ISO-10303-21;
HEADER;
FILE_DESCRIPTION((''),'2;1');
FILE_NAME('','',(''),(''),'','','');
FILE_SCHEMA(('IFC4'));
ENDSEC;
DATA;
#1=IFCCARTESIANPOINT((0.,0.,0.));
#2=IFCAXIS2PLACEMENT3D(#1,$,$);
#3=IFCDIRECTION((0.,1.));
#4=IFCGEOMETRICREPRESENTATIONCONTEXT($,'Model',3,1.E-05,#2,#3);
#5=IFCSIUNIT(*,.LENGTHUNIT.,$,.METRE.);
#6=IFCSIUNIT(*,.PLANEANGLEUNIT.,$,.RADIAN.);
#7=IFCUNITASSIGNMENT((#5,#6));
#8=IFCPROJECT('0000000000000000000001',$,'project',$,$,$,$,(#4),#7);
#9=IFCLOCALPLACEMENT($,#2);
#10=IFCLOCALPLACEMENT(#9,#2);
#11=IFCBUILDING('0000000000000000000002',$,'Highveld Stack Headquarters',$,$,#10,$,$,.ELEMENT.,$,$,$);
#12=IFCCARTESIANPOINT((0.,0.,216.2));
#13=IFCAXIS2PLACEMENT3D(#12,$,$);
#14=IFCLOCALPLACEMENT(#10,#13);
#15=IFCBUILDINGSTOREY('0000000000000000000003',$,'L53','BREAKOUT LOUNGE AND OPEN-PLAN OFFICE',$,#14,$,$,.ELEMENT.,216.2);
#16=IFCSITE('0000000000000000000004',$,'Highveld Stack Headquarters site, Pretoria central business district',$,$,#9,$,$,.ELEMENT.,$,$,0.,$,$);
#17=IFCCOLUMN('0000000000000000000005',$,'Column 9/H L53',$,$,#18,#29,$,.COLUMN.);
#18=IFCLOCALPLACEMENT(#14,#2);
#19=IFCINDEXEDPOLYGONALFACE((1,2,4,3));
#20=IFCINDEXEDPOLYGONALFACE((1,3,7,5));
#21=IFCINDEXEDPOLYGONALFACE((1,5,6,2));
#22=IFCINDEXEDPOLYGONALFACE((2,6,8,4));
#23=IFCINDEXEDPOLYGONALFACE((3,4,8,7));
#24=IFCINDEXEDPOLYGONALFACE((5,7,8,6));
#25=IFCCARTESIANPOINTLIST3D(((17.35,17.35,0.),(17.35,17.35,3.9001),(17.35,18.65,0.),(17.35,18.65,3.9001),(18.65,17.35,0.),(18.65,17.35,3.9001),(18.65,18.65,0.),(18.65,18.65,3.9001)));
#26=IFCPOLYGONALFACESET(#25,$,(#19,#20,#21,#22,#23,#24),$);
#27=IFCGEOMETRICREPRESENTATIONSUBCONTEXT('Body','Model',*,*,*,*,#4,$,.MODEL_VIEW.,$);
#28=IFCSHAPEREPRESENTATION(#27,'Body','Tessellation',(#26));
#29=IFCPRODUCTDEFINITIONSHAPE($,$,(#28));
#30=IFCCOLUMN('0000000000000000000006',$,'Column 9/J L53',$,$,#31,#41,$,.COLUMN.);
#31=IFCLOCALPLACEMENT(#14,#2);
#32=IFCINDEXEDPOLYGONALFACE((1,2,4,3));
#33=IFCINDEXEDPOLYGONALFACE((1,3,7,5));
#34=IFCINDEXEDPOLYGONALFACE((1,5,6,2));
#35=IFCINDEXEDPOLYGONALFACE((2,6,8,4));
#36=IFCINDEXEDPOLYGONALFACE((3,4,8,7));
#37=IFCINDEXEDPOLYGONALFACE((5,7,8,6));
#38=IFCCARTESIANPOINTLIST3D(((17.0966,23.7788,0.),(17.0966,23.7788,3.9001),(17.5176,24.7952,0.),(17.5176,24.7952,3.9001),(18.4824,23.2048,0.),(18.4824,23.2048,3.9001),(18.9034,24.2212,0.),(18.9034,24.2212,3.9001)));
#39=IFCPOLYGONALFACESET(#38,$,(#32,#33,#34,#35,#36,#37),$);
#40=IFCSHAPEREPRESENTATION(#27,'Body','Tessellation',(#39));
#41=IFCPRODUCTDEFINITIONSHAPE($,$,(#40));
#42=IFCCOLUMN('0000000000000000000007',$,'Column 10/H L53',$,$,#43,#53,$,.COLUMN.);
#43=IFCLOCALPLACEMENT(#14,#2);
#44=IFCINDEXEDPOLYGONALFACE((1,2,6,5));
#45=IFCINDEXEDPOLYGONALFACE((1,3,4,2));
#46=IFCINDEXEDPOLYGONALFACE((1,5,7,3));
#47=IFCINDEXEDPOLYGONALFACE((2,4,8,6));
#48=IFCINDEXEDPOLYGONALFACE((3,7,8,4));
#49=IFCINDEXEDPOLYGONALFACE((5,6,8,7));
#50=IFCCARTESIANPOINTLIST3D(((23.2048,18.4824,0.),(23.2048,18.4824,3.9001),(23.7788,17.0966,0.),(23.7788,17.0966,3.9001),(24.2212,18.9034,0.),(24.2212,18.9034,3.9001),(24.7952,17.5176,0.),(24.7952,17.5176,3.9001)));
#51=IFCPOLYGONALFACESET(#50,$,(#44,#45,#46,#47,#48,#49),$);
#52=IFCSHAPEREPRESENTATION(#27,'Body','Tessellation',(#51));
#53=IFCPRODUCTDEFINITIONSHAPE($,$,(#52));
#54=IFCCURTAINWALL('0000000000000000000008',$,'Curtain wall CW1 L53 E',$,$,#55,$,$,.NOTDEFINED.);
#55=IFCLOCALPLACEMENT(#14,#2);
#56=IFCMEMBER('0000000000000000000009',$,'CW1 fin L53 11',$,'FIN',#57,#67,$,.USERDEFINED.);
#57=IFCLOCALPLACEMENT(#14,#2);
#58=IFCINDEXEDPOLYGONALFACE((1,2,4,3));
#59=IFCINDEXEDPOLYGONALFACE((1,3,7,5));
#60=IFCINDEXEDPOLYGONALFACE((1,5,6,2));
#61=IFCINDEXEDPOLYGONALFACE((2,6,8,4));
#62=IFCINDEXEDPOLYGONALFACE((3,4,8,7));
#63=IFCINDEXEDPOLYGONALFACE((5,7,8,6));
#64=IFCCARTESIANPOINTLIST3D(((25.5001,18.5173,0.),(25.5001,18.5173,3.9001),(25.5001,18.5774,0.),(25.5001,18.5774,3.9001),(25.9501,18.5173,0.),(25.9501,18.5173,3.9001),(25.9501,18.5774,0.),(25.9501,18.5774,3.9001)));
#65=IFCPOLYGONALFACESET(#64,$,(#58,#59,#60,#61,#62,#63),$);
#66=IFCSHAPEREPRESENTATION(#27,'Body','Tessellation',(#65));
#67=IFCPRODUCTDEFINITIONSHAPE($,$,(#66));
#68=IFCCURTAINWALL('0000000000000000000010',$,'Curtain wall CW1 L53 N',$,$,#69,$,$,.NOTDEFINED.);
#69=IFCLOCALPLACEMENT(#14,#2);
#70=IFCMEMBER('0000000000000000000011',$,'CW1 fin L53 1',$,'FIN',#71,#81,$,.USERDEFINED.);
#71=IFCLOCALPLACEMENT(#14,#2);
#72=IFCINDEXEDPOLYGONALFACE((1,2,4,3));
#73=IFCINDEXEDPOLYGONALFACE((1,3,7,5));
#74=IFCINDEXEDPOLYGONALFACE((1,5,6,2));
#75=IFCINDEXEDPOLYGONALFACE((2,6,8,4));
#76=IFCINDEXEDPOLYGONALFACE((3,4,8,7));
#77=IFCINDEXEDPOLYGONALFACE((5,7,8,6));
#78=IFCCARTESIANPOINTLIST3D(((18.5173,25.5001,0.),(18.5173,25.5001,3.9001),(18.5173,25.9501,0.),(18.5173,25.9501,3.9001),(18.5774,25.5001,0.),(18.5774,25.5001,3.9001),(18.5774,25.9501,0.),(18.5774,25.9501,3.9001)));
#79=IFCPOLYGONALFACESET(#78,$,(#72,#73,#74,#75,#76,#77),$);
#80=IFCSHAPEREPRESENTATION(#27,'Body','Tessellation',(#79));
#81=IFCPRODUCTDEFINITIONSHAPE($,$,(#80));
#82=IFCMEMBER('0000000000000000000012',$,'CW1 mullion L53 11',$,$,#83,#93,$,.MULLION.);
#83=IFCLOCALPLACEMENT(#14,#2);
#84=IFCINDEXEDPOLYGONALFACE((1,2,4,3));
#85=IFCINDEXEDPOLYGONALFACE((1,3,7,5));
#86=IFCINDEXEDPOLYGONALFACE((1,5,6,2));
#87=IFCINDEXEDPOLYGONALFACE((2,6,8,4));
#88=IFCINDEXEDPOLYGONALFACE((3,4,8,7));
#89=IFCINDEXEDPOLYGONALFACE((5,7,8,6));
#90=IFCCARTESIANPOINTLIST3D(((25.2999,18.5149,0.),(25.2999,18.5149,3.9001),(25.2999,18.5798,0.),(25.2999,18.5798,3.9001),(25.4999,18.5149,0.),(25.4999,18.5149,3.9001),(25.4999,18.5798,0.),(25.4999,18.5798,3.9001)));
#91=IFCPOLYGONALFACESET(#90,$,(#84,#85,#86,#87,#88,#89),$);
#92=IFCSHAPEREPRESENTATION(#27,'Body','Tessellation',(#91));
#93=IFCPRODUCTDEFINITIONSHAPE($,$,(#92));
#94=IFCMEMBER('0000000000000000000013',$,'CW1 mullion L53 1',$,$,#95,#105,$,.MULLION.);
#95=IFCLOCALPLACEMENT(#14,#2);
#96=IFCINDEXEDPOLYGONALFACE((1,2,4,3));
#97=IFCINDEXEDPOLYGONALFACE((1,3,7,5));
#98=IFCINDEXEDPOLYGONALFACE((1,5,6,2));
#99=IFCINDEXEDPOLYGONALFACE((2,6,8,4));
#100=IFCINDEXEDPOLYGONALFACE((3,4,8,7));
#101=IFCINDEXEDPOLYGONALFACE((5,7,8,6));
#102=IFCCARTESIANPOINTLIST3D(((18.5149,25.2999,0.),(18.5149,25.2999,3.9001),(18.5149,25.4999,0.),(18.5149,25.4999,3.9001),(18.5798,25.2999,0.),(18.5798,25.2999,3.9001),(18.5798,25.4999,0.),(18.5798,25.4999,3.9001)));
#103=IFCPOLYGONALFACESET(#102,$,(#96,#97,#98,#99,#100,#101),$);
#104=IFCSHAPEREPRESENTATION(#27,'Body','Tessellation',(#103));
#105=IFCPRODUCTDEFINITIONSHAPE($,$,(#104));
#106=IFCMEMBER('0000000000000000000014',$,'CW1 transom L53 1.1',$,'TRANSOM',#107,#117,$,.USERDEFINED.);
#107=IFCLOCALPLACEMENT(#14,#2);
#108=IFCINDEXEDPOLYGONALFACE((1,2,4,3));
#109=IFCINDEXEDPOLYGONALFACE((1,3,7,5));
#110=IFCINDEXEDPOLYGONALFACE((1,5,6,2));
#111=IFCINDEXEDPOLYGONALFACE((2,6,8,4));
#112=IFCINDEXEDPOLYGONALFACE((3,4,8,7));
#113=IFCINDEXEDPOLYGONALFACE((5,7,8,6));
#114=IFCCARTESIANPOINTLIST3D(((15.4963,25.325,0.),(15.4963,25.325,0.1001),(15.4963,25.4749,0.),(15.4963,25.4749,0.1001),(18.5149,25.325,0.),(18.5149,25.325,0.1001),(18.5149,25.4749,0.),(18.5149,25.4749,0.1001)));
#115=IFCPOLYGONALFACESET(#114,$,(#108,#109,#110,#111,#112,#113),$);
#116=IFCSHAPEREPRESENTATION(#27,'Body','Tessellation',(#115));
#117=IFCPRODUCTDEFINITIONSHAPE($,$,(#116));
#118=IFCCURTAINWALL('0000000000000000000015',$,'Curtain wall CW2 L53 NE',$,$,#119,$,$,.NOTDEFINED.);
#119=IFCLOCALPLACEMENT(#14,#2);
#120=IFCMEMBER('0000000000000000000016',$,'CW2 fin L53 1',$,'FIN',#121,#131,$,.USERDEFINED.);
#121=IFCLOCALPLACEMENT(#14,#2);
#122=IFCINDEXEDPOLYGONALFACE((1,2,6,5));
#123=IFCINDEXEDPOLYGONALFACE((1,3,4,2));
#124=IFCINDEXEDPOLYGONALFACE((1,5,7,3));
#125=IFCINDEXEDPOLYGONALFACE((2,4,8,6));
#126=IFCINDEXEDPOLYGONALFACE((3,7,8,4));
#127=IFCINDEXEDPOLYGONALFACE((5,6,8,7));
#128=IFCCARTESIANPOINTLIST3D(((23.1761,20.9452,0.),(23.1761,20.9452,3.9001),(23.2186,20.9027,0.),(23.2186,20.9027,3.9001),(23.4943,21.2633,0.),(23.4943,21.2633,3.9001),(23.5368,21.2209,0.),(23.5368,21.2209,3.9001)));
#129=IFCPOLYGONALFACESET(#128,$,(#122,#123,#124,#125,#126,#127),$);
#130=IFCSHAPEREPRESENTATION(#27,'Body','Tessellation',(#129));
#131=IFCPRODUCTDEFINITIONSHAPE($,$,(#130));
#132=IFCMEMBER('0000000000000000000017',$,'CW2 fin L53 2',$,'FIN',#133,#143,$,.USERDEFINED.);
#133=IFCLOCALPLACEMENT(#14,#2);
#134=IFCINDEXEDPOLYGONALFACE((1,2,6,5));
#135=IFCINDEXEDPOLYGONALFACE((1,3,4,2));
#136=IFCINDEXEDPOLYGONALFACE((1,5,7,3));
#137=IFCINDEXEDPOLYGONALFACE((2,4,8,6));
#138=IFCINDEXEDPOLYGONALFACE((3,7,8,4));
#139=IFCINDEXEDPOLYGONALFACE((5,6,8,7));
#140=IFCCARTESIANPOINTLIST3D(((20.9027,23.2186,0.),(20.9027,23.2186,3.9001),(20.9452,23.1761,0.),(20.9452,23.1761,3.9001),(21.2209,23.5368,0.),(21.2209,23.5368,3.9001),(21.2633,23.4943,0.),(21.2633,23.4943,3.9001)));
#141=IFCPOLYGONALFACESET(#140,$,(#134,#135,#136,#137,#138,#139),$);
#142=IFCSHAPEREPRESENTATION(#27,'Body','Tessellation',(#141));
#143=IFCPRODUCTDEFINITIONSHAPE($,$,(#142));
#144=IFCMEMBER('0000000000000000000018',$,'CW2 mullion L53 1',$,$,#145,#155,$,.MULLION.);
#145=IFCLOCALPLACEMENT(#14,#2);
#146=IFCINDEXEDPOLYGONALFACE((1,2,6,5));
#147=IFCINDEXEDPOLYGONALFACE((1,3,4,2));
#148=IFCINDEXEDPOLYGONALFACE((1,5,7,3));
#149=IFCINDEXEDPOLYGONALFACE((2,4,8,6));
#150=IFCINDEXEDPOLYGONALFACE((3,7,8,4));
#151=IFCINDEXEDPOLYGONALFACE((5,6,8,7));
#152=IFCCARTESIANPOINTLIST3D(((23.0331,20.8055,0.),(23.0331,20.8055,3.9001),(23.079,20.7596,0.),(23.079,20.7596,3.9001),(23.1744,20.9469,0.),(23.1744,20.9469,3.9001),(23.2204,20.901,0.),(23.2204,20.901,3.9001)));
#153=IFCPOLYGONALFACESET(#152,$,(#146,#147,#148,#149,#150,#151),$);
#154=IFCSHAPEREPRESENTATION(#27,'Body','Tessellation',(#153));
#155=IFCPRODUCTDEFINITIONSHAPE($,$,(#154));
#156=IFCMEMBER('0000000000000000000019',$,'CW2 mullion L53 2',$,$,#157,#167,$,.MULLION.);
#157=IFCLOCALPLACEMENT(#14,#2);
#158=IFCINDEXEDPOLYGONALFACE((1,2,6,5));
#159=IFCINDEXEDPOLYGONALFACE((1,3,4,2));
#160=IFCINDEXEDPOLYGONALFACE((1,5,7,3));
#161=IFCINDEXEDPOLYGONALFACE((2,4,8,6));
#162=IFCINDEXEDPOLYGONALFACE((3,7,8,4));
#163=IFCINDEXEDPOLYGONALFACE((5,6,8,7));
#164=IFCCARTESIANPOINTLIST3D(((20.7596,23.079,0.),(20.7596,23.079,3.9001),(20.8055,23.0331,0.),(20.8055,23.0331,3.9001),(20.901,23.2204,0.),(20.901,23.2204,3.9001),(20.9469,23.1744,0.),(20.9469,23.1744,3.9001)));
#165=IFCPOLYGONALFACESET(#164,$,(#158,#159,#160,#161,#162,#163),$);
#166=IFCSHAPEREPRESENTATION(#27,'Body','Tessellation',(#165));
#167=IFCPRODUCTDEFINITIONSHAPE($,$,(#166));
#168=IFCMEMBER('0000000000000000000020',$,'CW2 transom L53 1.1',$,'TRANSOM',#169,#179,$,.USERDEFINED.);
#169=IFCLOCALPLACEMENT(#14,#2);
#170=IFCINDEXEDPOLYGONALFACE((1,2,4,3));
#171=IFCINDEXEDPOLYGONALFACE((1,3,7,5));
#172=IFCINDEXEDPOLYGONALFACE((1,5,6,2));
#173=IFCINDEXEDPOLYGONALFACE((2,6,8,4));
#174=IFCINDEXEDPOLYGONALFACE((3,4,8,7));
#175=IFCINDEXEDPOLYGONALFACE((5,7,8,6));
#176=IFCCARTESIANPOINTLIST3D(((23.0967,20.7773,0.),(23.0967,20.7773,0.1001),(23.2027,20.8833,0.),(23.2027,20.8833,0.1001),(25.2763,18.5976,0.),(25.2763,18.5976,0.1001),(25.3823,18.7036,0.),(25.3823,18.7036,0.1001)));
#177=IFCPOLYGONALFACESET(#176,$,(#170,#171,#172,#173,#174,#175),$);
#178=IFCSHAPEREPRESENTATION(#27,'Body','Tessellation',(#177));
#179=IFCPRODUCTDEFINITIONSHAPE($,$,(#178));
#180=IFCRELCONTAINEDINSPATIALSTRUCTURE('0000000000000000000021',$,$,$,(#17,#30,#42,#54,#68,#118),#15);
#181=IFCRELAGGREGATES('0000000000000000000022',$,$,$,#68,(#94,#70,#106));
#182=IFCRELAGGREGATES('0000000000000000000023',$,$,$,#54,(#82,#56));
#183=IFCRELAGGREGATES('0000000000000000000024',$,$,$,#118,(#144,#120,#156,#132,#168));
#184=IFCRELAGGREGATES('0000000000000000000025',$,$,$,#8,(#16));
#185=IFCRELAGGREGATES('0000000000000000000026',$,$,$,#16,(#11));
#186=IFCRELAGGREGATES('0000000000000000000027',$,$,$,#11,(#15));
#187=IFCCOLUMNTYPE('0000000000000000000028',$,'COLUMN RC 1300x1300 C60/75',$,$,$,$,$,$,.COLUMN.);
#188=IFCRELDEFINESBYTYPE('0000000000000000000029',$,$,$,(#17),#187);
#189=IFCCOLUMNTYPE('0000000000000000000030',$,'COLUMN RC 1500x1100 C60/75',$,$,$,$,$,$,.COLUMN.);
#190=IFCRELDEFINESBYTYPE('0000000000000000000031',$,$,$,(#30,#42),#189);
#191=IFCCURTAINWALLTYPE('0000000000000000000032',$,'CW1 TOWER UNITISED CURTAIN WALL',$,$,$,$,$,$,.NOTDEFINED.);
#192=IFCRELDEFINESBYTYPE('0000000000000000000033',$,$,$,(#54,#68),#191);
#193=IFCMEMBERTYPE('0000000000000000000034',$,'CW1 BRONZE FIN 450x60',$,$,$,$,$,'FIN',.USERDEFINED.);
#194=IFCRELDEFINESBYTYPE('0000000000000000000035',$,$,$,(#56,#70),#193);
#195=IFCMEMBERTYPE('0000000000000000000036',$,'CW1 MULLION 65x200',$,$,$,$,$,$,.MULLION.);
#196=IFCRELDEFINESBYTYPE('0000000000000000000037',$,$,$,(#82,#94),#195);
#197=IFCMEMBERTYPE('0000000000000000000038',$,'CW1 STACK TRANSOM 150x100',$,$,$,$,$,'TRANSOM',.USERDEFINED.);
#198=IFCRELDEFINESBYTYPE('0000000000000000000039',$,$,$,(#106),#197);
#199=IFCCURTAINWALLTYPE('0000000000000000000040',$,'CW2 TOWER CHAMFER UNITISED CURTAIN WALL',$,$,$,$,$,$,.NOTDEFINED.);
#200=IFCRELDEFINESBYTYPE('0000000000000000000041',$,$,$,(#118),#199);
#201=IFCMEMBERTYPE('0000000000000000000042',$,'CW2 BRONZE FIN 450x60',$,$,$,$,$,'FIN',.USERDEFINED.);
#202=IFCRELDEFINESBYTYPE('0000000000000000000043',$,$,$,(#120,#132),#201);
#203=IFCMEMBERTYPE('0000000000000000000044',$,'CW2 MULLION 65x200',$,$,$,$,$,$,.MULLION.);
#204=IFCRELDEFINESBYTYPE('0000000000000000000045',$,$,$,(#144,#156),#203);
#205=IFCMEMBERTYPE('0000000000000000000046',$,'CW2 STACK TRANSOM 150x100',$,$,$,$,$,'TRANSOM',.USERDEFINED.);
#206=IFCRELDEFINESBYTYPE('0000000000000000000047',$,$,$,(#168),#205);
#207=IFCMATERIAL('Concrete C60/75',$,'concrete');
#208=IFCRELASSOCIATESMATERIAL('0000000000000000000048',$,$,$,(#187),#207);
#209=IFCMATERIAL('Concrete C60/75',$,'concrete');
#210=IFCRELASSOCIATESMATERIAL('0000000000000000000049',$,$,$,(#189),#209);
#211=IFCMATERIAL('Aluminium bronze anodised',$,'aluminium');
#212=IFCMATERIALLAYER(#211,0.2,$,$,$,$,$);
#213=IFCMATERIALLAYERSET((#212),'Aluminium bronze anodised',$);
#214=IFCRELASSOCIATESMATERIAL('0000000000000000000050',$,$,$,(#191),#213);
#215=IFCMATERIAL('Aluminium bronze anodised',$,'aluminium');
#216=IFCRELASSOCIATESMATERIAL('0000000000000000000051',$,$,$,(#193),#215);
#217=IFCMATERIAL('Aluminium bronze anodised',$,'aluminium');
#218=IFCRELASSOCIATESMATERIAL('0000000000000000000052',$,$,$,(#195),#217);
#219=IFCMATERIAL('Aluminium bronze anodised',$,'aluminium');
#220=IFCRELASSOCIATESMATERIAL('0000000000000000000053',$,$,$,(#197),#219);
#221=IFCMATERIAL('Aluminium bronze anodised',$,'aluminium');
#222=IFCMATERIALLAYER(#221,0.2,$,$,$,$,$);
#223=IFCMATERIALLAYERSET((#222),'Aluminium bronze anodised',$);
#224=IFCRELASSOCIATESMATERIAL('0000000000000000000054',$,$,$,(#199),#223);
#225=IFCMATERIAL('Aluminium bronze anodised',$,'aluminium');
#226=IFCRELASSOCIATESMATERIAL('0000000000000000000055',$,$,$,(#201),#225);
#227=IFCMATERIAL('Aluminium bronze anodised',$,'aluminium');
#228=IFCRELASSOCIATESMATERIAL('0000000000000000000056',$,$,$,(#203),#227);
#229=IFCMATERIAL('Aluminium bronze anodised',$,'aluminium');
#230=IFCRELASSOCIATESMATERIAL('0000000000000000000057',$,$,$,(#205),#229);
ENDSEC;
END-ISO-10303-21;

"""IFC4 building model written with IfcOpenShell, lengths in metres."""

from ifc_helpers import new_model, si_unit, direction, frame, origin, origin_2d, place, context, subcontext, project, spatial, rectangle, extrude, material, layer, layer_set, material_profile, profile_set, type_object, element, aggregate, save


model = new_model("IFC4")

# Units and contexts
model_context = context("Model", 3, precision=1e-05, world=origin(), true_north=direction((0.0, 1.0)))
body_context = subcontext(model_context, "Body", "Model", "MODEL_VIEW")
ifc_project = project(units=[si_unit("LENGTHUNIT", "METRE"), si_unit("PLANEANGLEUNIT", "RADIAN")], contexts=[model_context])

# Site, building, storey
site_placement = place(None, origin())
site = spatial("IfcSite", under=ifc_project, at=site_placement, Name="Highveld Stack Headquarters site, Pretoria central business district", CompositionType="ELEMENT", RefElevation=0.0)
building_placement = place(site_placement, origin())
building = spatial("IfcBuilding", under=site, at=building_placement, Name="Highveld Stack Headquarters", CompositionType="ELEMENT")
storey_placement = place(building_placement, frame((0.0, 0.0, 216.2)))
storey = spatial("IfcBuildingStorey", under=building, at=storey_placement, Name="L53", Description="BREAKOUT LOUNGE AND OPEN-PLAN OFFICE", CompositionType="ELEMENT", Elevation=216.2)

# Columns
ifc_material_1 = material(Name="Concrete C60/75", Category="concrete")
ifc_material_profile_1 = material_profile(ifc_material_1, rectangle(XDim=1.3, YDim=1.3, at=origin_2d()), Name="RC 1300x1300")
ifc_profile_set_1 = profile_set([ifc_material_profile_1], Name="Concrete C60/75")
column_type_1 = type_object("IfcColumnType", Name="COLUMN RC 1300x1300 C60/75", PredefinedType="COLUMN", material=ifc_profile_set_1)
column_placement = place(storey_placement, frame((18.0, 18.0, 0.0), z_axis=(0.0, 0.0, 1.0), x_axis=(1.0, 0.0, 0.0)))
element("IfcColumn", 1, at=column_placement, inside=storey, type_object=column_type_1, Name="Column 9/H L53", PredefinedType="COLUMN", context=body_context, shape_type="SweptSolid", body=[
    extrude(rectangle(XDim=1.3, YDim=1.3, at=origin_2d()), origin(), (0.0, 0.0, 1.0), 3.9001),
])
ifc_material_2 = material(Name="Concrete C60/75", Category="concrete")
ifc_material_profile_2 = material_profile(ifc_material_2, rectangle(XDim=1.5, YDim=1.1001, at=origin_2d()), Name="RC 1500x1100")
ifc_profile_set_2 = profile_set([ifc_material_profile_2], Name="Concrete C60/75")
column_type_2 = type_object("IfcColumnType", Name="COLUMN RC 1500x1100 C60/75", PredefinedType="COLUMN", material=ifc_profile_set_2)
for number, where, z_axis, x_axis, name in (
    (2, (18.0, 24.0, 0.0), (0.0, 0.0, 1.0), (0.92388, -0.382683, 0.0), "Column 9/J L53"),
    (3, (24.0, 18.0, 0.0), (0.0, 0.0, 1.0), (0.382683, -0.92388, 0.0), "Column 10/H L53"),
):
    element("IfcColumn", number, at=place(storey_placement, frame(where, z_axis=z_axis, x_axis=x_axis)), inside=storey, type_object=column_type_2, Name=name, PredefinedType="COLUMN", context=body_context, shape_type="SweptSolid", body=[
        extrude(rectangle(XDim=1.5, YDim=1.1001, at=origin_2d()), origin(), (0.0, 0.0, 1.0), 3.9001),
    ])

# Curtain walls, members
ifc_material_3 = material(Name="Aluminium bronze anodised", Category="aluminium")
ifc_layer_1 = layer(ifc_material_3, 0.2)
ifc_layer_set_1 = layer_set([ifc_layer_1], Name="Aluminium bronze anodised")
curtain_wall_type_1 = type_object("IfcCurtainWallType", Name="CW1 TOWER UNITISED CURTAIN WALL", PredefinedType="NOTDEFINED", material=ifc_layer_set_1)
curtain_wall_1_placement = place(storey_placement, origin())
curtain_wall_1 = element("IfcCurtainWall", 4, at=curtain_wall_1_placement, inside=storey, type_object=curtain_wall_type_1, Name="Curtain wall CW1 L53 E", PredefinedType="NOTDEFINED")
ifc_material_4 = material(Name="Aluminium bronze anodised", Category="aluminium")
ifc_material_profile_3 = material_profile(ifc_material_4, rectangle(XDim=0.45, YDim=0.0601, at=origin_2d()), Name="FIN 450x60")
ifc_profile_set_3 = profile_set([ifc_material_profile_3], Name="Aluminium bronze anodised")
member_type_1 = type_object("IfcMemberType", Name="CW1 BRONZE FIN 450x60", ElementType="FIN", PredefinedType="USERDEFINED", material=ifc_profile_set_3)
member_1_placement = place(storey_placement, frame((25.7251, 18.5474, 0.0), z_axis=(0.0, 0.0, 1.0), x_axis=(-1.0, 0.0, 0.0)))
member_1 = element("IfcMember", 5, at=member_1_placement, type_object=member_type_1, Name="CW1 fin L53 11", ObjectType="FIN", PredefinedType="USERDEFINED", context=body_context, shape_type="SweptSolid", body=[
    extrude(rectangle(XDim=0.45, YDim=0.0601, at=origin_2d()), origin(), (0.0, 0.0, 1.0), 3.9001),
])
curtain_wall_2_placement = place(storey_placement, origin())
curtain_wall_2 = element("IfcCurtainWall", 6, at=curtain_wall_2_placement, inside=storey, type_object=curtain_wall_type_1, Name="Curtain wall CW1 L53 N", PredefinedType="NOTDEFINED")
member_2_placement = place(storey_placement, frame((18.5474, 25.7251, 0.0), z_axis=(0.0, 0.0, 1.0), x_axis=(0.0, -1.0, 0.0)))
member_2 = element("IfcMember", 7, at=member_2_placement, type_object=member_type_1, Name="CW1 fin L53 1", ObjectType="FIN", PredefinedType="USERDEFINED", context=body_context, shape_type="SweptSolid", body=[
    extrude(rectangle(XDim=0.45, YDim=0.0601, at=origin_2d()), origin(), (0.0, 0.0, 1.0), 3.9001),
])

# Members
ifc_material_5 = material(Name="Aluminium bronze anodised", Category="aluminium")
ifc_material_profile_4 = material_profile(ifc_material_5, rectangle(XDim=0.2, YDim=0.0649, at=origin_2d()), Name="CW1 MULLION 65x200")
ifc_profile_set_4 = profile_set([ifc_material_profile_4], Name="Aluminium bronze anodised")
member_type_2 = type_object("IfcMemberType", Name="CW1 MULLION 65x200", PredefinedType="MULLION", material=ifc_profile_set_4)
member_3_placement = place(storey_placement, frame((25.3999, 18.5474, 0.0), z_axis=(0.0, 0.0, 1.0), x_axis=(-1.0, 0.0, 0.0)))
member_3 = element("IfcMember", 8, at=member_3_placement, type_object=member_type_2, Name="CW1 mullion L53 11", PredefinedType="MULLION", context=body_context, shape_type="SweptSolid", body=[
    extrude(rectangle(XDim=0.2, YDim=0.0649, at=origin_2d()), origin(), (0.0, 0.0, 1.0), 3.9001),
])
member_4_placement = place(storey_placement, frame((18.5474, 25.3999, 0.0), z_axis=(0.0, 0.0, 1.0), x_axis=(0.0, -1.0, 0.0)))
member_4 = element("IfcMember", 9, at=member_4_placement, type_object=member_type_2, Name="CW1 mullion L53 1", PredefinedType="MULLION", context=body_context, shape_type="SweptSolid", body=[
    extrude(rectangle(XDim=0.2, YDim=0.0649, at=origin_2d()), origin(), (0.0, 0.0, 1.0), 3.9001),
])
ifc_material_6 = material(Name="Aluminium bronze anodised", Category="aluminium")
ifc_material_profile_5 = material_profile(ifc_material_6, rectangle(XDim=0.1499, YDim=0.1001, at=origin_2d()), Name="CW1 TRANSOM 150x100")
ifc_profile_set_5 = profile_set([ifc_material_profile_5], Name="Aluminium bronze anodised")
member_type_3 = type_object("IfcMemberType", Name="CW1 STACK TRANSOM 150x100", ElementType="TRANSOM", PredefinedType="USERDEFINED", material=ifc_profile_set_5)
member_5_placement = place(storey_placement, frame((18.5149, 25.3999, 0.05), z_axis=(-1.0, 0.0, 0.0), x_axis=(0.0, -1.0, 0.0)))
member_5 = element("IfcMember", 10, at=member_5_placement, type_object=member_type_3, Name="CW1 transom L53 1.1", ObjectType="TRANSOM", PredefinedType="USERDEFINED", context=body_context, shape_type="SweptSolid", body=[
    extrude(rectangle(XDim=0.1499, YDim=0.1001, at=origin_2d()), origin(), (0.0, 0.0, 1.0), 3.0186),
])
aggregate(curtain_wall_2, [member_4, member_2, member_5])

# Curtain wall, members
ifc_material_7 = material(Name="Aluminium bronze anodised", Category="aluminium")
ifc_layer_2 = layer(ifc_material_7, 0.2)
ifc_layer_set_2 = layer_set([ifc_layer_2], Name="Aluminium bronze anodised")
curtain_wall_type_2 = type_object("IfcCurtainWallType", Name="CW2 TOWER CHAMFER UNITISED CURTAIN WALL", PredefinedType="NOTDEFINED", material=ifc_layer_set_2)
curtain_wall_3_placement = place(storey_placement, origin())
curtain_wall_3 = element("IfcCurtainWall", 11, at=curtain_wall_3_placement, inside=storey, type_object=curtain_wall_type_2, Name="Curtain wall CW2 L53 NE", PredefinedType="NOTDEFINED")
ifc_material_8 = material(Name="Aluminium bronze anodised", Category="aluminium")
ifc_material_profile_6 = material_profile(ifc_material_8, rectangle(XDim=0.45, YDim=0.0601, at=origin_2d()), Name="FIN 450x60")
ifc_profile_set_6 = profile_set([ifc_material_profile_6], Name="Aluminium bronze anodised")
member_type_4 = type_object("IfcMemberType", Name="CW2 BRONZE FIN 450x60", ElementType="FIN", PredefinedType="USERDEFINED", material=ifc_profile_set_6)
member_6_placement = place(storey_placement, frame((23.3564, 21.083, 0.0), z_axis=(0.0, 0.0, 1.0), x_axis=(-0.707107, -0.707107, 0.0)))
member_6 = element("IfcMember", 12, at=member_6_placement, type_object=member_type_4, Name="CW2 fin L53 1", ObjectType="FIN", PredefinedType="USERDEFINED", context=body_context, shape_type="SweptSolid", body=[
    extrude(rectangle(XDim=0.45, YDim=0.0601, at=origin_2d()), origin(), (0.0, 0.0, 1.0), 3.9001),
])
member_7_placement = place(storey_placement, frame((21.083, 23.3564, 0.0), z_axis=(0.0, 0.0, 1.0), x_axis=(-0.707107, -0.707107, 0.0)))
member_7 = element("IfcMember", 13, at=member_7_placement, type_object=member_type_4, Name="CW2 fin L53 2", ObjectType="FIN", PredefinedType="USERDEFINED", context=body_context, shape_type="SweptSolid", body=[
    extrude(rectangle(XDim=0.45, YDim=0.0601, at=origin_2d()), origin(), (0.0, 0.0, 1.0), 3.9001),
])
ifc_material_9 = material(Name="Aluminium bronze anodised", Category="aluminium")
ifc_material_profile_7 = material_profile(ifc_material_9, rectangle(XDim=0.2, YDim=0.0649, at=origin_2d()), Name="CW2 MULLION 65x200")
ifc_profile_set_7 = profile_set([ifc_material_profile_7], Name="Aluminium bronze anodised")
member_type_5 = type_object("IfcMemberType", Name="CW2 MULLION 65x200", PredefinedType="MULLION", material=ifc_profile_set_7)
member_8_placement = place(storey_placement, frame((23.1267, 20.8533, 0.0), z_axis=(0.0, 0.0, 1.0), x_axis=(-0.707107, -0.707107, 0.0)))
member_8 = element("IfcMember", 14, at=member_8_placement, type_object=member_type_5, Name="CW2 mullion L53 1", PredefinedType="MULLION", context=body_context, shape_type="SweptSolid", body=[
    extrude(rectangle(XDim=0.2, YDim=0.0649, at=origin_2d()), origin(), (0.0, 0.0, 1.0), 3.9001),
])
member_9_placement = place(storey_placement, frame((20.8533, 23.1267, 0.0), z_axis=(0.0, 0.0, 1.0), x_axis=(-0.707107, -0.707107, 0.0)))
member_9 = element("IfcMember", 15, at=member_9_placement, type_object=member_type_5, Name="CW2 mullion L53 2", PredefinedType="MULLION", context=body_context, shape_type="SweptSolid", body=[
    extrude(rectangle(XDim=0.2, YDim=0.0649, at=origin_2d()), origin(), (0.0, 0.0, 1.0), 3.9001),
])
ifc_material_10 = material(Name="Aluminium bronze anodised", Category="aluminium")
ifc_material_profile_8 = material_profile(ifc_material_10, rectangle(XDim=0.1499, YDim=0.1001, at=origin_2d()), Name="CW2 TRANSOM 150x100")
ifc_profile_set_8 = profile_set([ifc_material_profile_8], Name="Aluminium bronze anodised")
member_type_6 = type_object("IfcMemberType", Name="CW2 STACK TRANSOM 150x100", ElementType="TRANSOM", PredefinedType="USERDEFINED", material=ifc_profile_set_8)
member_10_placement = place(storey_placement, frame((25.3293, 18.6506, 0.05), z_axis=(-0.707107, 0.707107, 0.0), x_axis=(-0.707107, -0.707107, 0.0)))
member_10 = element("IfcMember", 16, at=member_10_placement, type_object=member_type_6, Name="CW2 transom L53 1.1", ObjectType="TRANSOM", PredefinedType="USERDEFINED", context=body_context, shape_type="SweptSolid", body=[
    extrude(rectangle(XDim=0.1499, YDim=0.1001, at=origin_2d()), origin(), (0.0, 0.0, 1.0), 3.0825),
])

aggregate(curtain_wall_1, [member_3, member_1])
aggregate(curtain_wall_3, [member_8, member_6, member_9, member_7, member_10])

save(model, "model.ifc")
